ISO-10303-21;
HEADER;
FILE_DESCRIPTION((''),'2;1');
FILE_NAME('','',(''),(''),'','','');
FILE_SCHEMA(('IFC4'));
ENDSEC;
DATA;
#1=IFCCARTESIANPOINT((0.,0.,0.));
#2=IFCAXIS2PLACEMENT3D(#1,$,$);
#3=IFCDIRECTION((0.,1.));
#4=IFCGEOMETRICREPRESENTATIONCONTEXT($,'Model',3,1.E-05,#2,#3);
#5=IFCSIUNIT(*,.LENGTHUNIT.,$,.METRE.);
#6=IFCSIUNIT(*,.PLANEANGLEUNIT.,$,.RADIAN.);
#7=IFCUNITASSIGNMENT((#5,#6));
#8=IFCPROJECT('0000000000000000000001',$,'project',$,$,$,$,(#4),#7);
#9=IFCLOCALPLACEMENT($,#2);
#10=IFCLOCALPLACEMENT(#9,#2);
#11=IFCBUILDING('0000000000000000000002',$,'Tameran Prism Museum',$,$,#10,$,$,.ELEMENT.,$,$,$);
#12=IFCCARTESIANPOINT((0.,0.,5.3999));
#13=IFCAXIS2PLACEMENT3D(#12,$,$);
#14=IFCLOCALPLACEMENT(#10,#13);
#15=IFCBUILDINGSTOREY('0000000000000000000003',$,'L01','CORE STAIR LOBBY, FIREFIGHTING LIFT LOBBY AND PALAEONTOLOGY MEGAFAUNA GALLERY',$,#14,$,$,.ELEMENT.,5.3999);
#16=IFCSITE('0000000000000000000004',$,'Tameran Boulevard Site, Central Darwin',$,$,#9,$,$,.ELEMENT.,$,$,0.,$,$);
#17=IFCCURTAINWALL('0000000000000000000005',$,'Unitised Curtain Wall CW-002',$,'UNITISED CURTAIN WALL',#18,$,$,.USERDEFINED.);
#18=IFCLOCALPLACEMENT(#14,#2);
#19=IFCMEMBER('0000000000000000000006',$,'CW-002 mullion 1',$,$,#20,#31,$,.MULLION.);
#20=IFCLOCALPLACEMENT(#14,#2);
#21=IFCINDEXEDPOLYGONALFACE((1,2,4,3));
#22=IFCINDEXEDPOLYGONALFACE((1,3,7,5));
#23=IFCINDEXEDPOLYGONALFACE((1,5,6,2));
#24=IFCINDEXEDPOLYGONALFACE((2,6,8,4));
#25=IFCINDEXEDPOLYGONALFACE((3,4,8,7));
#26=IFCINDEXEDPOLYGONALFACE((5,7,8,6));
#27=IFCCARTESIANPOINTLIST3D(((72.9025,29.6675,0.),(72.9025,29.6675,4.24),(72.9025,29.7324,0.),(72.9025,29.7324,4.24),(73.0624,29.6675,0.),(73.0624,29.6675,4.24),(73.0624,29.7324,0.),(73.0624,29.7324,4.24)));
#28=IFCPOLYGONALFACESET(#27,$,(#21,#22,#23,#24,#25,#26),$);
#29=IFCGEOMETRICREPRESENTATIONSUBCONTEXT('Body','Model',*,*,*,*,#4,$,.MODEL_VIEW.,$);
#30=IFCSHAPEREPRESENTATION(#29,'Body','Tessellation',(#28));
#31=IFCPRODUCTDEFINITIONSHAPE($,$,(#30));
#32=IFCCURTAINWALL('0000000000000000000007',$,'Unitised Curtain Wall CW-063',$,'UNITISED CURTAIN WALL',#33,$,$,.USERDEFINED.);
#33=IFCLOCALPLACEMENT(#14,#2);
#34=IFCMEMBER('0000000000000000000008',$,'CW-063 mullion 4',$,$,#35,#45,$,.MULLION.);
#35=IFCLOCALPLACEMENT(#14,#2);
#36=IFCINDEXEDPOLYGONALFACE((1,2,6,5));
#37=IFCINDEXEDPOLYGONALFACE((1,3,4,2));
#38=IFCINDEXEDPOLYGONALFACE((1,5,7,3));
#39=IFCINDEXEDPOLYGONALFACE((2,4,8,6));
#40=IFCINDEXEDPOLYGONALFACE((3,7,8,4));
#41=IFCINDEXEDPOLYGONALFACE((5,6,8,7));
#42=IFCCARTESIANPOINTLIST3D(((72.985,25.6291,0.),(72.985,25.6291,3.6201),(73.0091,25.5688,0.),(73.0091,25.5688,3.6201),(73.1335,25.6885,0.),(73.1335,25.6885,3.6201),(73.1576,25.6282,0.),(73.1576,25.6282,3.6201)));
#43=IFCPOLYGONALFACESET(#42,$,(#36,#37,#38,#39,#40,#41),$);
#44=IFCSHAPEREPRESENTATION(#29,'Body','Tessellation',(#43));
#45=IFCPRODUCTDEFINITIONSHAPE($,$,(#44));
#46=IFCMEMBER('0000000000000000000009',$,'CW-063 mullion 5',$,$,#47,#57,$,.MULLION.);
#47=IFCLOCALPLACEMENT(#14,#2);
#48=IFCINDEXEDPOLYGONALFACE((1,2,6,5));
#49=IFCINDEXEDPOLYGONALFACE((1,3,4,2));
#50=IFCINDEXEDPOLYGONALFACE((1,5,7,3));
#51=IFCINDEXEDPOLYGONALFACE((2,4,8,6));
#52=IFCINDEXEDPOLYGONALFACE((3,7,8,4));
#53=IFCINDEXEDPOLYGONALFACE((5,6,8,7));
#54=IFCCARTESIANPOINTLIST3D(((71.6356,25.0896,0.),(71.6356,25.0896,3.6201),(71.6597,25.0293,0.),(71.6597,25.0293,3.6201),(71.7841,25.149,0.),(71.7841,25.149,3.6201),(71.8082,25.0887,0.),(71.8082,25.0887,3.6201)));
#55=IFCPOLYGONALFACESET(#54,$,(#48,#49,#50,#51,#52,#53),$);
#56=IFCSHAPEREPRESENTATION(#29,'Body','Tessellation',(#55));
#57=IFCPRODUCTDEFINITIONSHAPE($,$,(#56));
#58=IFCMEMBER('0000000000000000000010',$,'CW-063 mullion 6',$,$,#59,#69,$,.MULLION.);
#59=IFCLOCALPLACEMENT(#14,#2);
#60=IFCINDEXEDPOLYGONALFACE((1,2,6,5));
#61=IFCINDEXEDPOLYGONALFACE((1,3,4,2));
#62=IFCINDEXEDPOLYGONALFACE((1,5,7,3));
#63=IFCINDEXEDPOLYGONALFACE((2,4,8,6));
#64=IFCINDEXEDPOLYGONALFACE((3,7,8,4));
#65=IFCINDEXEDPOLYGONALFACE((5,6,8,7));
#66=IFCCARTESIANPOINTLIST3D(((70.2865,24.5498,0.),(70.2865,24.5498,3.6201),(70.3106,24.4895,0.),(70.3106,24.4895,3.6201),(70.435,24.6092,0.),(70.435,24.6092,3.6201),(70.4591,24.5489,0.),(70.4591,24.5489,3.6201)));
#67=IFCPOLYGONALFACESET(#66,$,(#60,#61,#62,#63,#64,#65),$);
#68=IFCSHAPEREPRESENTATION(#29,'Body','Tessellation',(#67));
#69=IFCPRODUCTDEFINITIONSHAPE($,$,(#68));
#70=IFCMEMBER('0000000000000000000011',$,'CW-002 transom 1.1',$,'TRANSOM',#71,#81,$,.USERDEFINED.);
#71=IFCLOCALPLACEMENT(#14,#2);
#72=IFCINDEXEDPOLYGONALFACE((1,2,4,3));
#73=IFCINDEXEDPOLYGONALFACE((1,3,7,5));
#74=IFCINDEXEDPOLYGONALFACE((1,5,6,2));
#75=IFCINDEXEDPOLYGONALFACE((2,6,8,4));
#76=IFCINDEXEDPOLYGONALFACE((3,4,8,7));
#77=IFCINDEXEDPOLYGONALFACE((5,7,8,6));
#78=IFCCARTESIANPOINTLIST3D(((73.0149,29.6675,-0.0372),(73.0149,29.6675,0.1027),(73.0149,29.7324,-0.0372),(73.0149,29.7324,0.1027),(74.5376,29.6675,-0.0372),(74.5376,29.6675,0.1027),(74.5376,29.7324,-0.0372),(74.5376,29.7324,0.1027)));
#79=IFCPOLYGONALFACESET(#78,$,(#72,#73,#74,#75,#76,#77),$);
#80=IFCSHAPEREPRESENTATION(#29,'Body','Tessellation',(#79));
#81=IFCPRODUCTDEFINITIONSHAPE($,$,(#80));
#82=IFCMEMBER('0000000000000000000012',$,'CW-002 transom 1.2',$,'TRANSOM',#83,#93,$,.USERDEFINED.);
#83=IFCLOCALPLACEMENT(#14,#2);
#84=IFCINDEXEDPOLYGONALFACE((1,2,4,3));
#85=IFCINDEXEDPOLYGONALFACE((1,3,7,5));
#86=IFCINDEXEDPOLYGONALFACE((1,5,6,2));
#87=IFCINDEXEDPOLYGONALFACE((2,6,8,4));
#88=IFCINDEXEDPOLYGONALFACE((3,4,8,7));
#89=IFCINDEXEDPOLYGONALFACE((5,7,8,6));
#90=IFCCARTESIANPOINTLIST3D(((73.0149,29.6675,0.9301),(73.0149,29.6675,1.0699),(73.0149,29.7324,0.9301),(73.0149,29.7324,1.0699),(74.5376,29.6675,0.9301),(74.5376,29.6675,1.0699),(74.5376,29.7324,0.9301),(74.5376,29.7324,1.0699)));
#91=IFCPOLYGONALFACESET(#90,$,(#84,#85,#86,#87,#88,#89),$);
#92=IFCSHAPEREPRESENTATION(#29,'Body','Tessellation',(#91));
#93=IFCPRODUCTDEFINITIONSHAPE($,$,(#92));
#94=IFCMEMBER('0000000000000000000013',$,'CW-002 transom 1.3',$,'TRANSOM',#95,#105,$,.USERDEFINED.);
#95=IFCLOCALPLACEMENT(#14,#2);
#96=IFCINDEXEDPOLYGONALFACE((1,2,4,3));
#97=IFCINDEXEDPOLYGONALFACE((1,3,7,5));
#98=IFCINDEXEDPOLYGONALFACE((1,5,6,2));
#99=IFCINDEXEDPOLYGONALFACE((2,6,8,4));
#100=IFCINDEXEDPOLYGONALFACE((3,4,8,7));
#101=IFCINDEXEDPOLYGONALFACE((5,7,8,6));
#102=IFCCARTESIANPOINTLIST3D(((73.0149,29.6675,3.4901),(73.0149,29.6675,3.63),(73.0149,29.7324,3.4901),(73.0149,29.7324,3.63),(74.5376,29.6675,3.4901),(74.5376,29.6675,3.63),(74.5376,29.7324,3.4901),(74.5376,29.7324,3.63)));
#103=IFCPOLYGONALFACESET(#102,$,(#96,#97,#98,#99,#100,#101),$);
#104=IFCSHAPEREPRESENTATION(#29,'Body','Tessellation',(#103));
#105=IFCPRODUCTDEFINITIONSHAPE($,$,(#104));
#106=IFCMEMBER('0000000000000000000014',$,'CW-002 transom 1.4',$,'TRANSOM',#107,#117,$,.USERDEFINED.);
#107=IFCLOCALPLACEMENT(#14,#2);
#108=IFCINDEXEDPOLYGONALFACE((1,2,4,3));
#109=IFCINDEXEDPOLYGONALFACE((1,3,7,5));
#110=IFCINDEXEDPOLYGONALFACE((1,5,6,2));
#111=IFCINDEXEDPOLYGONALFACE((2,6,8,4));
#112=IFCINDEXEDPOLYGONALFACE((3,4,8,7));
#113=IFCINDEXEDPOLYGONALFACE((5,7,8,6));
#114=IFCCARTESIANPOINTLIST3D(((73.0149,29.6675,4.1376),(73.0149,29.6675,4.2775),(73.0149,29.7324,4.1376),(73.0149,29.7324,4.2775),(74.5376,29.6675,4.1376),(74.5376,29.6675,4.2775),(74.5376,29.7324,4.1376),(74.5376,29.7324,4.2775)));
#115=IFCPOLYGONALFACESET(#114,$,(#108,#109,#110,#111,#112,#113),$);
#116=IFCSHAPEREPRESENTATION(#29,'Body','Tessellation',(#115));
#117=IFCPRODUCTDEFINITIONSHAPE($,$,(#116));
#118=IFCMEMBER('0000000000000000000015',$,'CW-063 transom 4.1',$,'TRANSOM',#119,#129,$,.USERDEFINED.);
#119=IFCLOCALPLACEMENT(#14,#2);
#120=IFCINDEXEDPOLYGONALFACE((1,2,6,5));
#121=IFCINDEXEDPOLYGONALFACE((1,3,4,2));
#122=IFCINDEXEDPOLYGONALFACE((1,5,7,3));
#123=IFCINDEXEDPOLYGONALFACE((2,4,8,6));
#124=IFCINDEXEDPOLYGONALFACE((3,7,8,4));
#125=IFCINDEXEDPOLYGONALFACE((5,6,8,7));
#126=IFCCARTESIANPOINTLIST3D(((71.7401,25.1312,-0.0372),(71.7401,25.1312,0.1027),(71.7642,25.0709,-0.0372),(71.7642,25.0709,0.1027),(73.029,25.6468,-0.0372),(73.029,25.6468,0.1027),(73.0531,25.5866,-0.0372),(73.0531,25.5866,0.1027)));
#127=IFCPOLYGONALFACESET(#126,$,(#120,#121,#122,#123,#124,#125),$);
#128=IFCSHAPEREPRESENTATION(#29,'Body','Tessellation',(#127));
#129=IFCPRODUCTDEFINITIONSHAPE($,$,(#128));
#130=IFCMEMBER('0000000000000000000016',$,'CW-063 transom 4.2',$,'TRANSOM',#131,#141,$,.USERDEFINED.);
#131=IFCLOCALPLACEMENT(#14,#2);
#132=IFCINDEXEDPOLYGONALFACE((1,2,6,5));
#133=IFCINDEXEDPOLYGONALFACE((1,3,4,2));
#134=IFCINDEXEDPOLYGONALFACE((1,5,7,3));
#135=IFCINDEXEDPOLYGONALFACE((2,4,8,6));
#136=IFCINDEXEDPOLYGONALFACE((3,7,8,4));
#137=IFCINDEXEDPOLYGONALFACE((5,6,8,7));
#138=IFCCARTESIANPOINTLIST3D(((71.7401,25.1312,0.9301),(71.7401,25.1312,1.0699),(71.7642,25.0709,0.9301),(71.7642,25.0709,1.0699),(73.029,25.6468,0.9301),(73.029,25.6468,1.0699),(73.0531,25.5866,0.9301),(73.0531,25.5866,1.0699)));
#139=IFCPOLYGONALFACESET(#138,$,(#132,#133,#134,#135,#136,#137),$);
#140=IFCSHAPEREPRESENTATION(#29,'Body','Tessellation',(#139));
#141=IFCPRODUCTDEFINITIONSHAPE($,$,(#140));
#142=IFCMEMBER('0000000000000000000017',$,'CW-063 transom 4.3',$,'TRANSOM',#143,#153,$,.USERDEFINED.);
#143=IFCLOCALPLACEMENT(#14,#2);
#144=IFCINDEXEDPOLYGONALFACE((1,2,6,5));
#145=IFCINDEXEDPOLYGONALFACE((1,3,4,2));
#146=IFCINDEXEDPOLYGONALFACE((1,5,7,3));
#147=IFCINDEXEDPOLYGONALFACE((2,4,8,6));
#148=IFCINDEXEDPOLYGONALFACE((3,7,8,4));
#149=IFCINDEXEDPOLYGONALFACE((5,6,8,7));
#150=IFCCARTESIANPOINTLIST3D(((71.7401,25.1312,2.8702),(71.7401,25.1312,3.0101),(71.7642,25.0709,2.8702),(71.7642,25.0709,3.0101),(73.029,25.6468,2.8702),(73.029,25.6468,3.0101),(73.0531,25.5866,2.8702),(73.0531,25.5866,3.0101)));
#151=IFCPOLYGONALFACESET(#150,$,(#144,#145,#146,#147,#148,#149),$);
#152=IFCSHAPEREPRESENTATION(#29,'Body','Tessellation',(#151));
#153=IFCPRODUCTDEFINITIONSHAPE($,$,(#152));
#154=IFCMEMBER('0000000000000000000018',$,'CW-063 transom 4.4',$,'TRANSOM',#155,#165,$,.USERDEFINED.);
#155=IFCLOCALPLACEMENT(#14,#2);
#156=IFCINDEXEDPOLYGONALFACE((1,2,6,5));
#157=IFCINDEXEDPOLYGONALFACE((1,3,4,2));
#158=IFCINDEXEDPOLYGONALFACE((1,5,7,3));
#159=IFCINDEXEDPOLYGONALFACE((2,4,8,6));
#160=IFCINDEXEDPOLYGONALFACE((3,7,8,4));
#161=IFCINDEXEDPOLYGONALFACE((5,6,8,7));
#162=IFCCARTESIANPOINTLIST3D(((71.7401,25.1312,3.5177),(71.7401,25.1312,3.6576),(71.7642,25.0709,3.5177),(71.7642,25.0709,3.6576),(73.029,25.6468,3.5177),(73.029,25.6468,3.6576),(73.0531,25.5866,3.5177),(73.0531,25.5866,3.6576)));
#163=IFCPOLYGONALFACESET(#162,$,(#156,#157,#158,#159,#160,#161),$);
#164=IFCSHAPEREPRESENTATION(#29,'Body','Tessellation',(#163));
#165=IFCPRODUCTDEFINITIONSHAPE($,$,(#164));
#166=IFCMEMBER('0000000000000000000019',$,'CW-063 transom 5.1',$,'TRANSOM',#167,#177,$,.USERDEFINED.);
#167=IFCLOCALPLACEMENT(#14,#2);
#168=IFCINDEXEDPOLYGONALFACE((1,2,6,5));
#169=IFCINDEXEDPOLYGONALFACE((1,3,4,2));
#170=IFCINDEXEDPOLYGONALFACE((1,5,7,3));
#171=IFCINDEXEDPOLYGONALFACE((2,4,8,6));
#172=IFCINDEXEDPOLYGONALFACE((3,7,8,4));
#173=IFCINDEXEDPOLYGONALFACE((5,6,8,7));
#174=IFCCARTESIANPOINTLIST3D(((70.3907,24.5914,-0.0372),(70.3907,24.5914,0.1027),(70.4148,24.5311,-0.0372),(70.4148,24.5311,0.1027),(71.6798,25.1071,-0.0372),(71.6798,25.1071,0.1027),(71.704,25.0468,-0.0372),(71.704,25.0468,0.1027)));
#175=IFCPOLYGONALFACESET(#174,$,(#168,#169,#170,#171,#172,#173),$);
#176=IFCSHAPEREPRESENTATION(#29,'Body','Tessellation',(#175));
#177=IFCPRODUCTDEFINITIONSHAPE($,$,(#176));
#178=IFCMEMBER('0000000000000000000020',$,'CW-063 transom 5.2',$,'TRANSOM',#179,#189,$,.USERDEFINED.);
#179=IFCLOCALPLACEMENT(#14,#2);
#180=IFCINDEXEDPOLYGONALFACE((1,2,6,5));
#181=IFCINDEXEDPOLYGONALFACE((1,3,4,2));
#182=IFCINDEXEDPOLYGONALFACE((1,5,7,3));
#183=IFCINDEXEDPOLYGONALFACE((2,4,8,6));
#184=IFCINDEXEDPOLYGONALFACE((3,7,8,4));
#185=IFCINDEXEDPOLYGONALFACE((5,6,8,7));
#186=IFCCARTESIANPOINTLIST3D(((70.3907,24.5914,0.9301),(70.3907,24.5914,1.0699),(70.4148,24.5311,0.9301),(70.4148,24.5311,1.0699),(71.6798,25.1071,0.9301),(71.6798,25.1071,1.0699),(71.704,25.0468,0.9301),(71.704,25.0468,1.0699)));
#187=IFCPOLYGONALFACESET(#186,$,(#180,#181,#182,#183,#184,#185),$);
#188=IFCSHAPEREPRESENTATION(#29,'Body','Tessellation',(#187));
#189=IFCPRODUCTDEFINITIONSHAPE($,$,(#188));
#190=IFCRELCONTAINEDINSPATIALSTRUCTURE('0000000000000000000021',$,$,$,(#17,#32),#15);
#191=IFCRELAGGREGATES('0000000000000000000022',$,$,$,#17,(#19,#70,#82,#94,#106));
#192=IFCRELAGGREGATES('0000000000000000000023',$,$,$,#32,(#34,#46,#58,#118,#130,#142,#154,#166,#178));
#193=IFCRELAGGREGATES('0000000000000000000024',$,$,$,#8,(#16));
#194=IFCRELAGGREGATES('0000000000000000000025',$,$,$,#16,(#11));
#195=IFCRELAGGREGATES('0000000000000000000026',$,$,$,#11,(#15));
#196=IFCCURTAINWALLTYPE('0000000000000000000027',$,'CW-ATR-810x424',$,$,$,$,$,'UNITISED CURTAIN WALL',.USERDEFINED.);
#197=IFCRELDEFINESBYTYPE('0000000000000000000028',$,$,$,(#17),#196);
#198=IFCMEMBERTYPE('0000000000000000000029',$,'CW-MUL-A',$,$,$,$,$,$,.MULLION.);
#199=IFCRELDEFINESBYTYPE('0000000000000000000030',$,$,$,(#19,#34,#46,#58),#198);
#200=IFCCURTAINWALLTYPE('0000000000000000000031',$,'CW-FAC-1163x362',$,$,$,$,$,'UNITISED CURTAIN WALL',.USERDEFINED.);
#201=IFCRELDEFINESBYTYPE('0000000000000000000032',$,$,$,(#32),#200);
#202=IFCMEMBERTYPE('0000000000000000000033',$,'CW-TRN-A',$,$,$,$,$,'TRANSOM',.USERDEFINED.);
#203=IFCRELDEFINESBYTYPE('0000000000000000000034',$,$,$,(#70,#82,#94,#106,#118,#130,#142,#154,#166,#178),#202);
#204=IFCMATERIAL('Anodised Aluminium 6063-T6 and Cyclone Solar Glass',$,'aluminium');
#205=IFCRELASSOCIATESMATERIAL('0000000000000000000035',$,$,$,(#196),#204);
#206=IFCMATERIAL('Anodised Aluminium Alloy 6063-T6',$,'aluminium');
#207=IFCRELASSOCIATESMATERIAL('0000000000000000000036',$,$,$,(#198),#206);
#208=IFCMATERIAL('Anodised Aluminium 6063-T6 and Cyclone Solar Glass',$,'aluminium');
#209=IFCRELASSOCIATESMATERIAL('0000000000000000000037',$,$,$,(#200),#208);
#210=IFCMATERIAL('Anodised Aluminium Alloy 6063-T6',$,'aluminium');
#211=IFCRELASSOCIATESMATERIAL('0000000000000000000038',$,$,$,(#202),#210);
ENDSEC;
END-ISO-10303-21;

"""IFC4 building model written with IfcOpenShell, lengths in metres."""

from ifc_helpers import new_model, si_unit, direction, frame, origin, origin_2d, place, context, subcontext, project, spatial, rectangle, extrude, material, material_profile, profile_set, type_object, element, aggregate, save


model = new_model("IFC4")

# Units and contexts
model_context = context("Model", 3, precision=1e-05, world=origin(), true_north=direction((0.0, 1.0)))
body_context = subcontext(model_context, "Body", "Model", "MODEL_VIEW")
ifc_project = project(units=[si_unit("LENGTHUNIT", "METRE"), si_unit("PLANEANGLEUNIT", "RADIAN")], contexts=[model_context])

# Site, building, storey
site_placement = place(None, origin())
site = spatial("IfcSite", under=ifc_project, at=site_placement, Name="Tameran Boulevard Site, Central Darwin", CompositionType="ELEMENT", RefElevation=0.0)
building_placement = place(site_placement, origin())
building = spatial("IfcBuilding", under=site, at=building_placement, Name="Tameran Prism Museum", CompositionType="ELEMENT")
storey_placement = place(building_placement, frame((0.0, 0.0, 5.3999)))
storey = spatial("IfcBuildingStorey", under=building, at=storey_placement, Name="L01", Description="CORE STAIR LOBBY, FIREFIGHTING LIFT LOBBY AND PALAEONTOLOGY MEGAFAUNA GALLERY", CompositionType="ELEMENT", Elevation=5.3999)

# Curtain wall, member
ifc_material_1 = material(Name="Anodised Aluminium 6063-T6 and Cyclone Solar Glass", Category="aluminium")
curtain_wall_type_1 = type_object("IfcCurtainWallType", Name="CW-ATR-810x424", ElementType="UNITISED CURTAIN WALL", PredefinedType="USERDEFINED", material=ifc_material_1)
curtain_wall_1_placement = place(storey_placement, origin())
curtain_wall_1 = element("IfcCurtainWall", 1, at=curtain_wall_1_placement, inside=storey, type_object=curtain_wall_type_1, Name="Unitised Curtain Wall CW-002", ObjectType="UNITISED CURTAIN WALL", PredefinedType="USERDEFINED")
ifc_material_2 = material(Name="Anodised Aluminium Alloy 6063-T6", Category="aluminium")
ifc_material_profile_1 = material_profile(ifc_material_2, rectangle(XDim=0.0649, YDim=0.1599, at=origin_2d()))
ifc_profile_set_1 = profile_set([ifc_material_profile_1])
member_type_1 = type_object("IfcMemberType", Name="CW-MUL-A", PredefinedType="MULLION", material=ifc_profile_set_1)
member_1_placement = place(storey_placement, frame((72.9824, 29.7, 0.0), z_axis=(0.0, 0.0, 1.0), x_axis=(0.0, 1.0, 0.0)))
member_1 = element("IfcMember", 2, at=member_1_placement, type_object=member_type_1, Name="CW-002 mullion 1", PredefinedType="MULLION", context=body_context, shape_type="SweptSolid", body=[
    extrude(rectangle(XDim=0.0649, YDim=0.1599, at=origin_2d()), origin(), (0.0, 0.0, 1.0), 4.24),
])

# Curtain wall, members
ifc_material_3 = material(Name="Anodised Aluminium 6063-T6 and Cyclone Solar Glass", Category="aluminium")
curtain_wall_type_2 = type_object("IfcCurtainWallType", Name="CW-FAC-1163x362", ElementType="UNITISED CURTAIN WALL", PredefinedType="USERDEFINED", material=ifc_material_3)
curtain_wall_2_placement = place(storey_placement, origin())
curtain_wall_2 = element("IfcCurtainWall", 3, at=curtain_wall_2_placement, inside=storey, type_object=curtain_wall_type_2, Name="Unitised Curtain Wall CW-063", ObjectType="UNITISED CURTAIN WALL", PredefinedType="USERDEFINED")
member_2_placement = place(storey_placement, frame((73.0713, 25.6287, 0.0), z_axis=(0.0, 0.0, 1.0), x_axis=(0.37142, -0.928465, 0.0)))
member_2 = element("IfcMember", 4, at=member_2_placement, type_object=member_type_1, Name="CW-063 mullion 4", PredefinedType="MULLION", context=body_context, shape_type="SweptSolid", body=[
    extrude(rectangle(XDim=0.0649, YDim=0.1599, at=origin_2d()), origin(), (0.0, 0.0, 1.0), 3.6201),
])
member_3_placement = place(storey_placement, frame((71.7219, 25.0891, 0.0), z_axis=(0.0, 0.0, 1.0), x_axis=(0.37142, -0.928465, 0.0)))
member_3 = element("IfcMember", 5, at=member_3_placement, type_object=member_type_1, Name="CW-063 mullion 5", PredefinedType="MULLION", context=body_context, shape_type="SweptSolid", body=[
    extrude(rectangle(XDim=0.0649, YDim=0.1599, at=origin_2d()), origin(), (0.0, 0.0, 1.0), 3.6201),
])
member_4_placement = place(storey_placement, frame((70.3728, 24.5493, 0.0), z_axis=(0.0, 0.0, 1.0), x_axis=(0.37142, -0.928465, 0.0)))
member_4 = element("IfcMember", 6, at=member_4_placement, type_object=member_type_1, Name="CW-063 mullion 6", PredefinedType="MULLION", context=body_context, shape_type="SweptSolid", body=[
    extrude(rectangle(XDim=0.0649, YDim=0.1599, at=origin_2d()), origin(), (0.0, 0.0, 1.0), 3.6201),
])

# Members
ifc_material_4 = material(Name="Anodised Aluminium Alloy 6063-T6", Category="aluminium")
ifc_material_profile_2 = material_profile(ifc_material_4, rectangle(XDim=0.0649, YDim=0.1399, at=origin_2d()))
ifc_profile_set_2 = profile_set([ifc_material_profile_2])
member_type_2 = type_object("IfcMemberType", Name="CW-TRN-A", ElementType="TRANSOM", PredefinedType="USERDEFINED", material=ifc_profile_set_2)
member_5_placement = place(storey_placement, frame((73.0149, 29.7, 0.0327), z_axis=(1.0, 0.0, 0.0), x_axis=(0.0, 1.0, 0.0)))
member_5 = element("IfcMember", 7, at=member_5_placement, type_object=member_type_2, Name="CW-002 transom 1.1", ObjectType="TRANSOM", PredefinedType="USERDEFINED", context=body_context, shape_type="SweptSolid", body=[
    extrude(rectangle(XDim=0.0649, YDim=0.1399, at=origin_2d()), origin(), (0.0, 0.0, 1.0), 1.5227),
])
member_6_placement = place(storey_placement, frame((73.0149, 29.7, 1.0), z_axis=(1.0, 0.0, 0.0), x_axis=(0.0, 1.0, 0.0)))
member_6 = element("IfcMember", 8, at=member_6_placement, type_object=member_type_2, Name="CW-002 transom 1.2", ObjectType="TRANSOM", PredefinedType="USERDEFINED", context=body_context, shape_type="SweptSolid", body=[
    extrude(rectangle(XDim=0.0649, YDim=0.1399, at=origin_2d()), origin(), (0.0, 0.0, 1.0), 1.5227),
])
member_7_placement = place(storey_placement, frame((73.0149, 29.7, 3.5601), z_axis=(1.0, 0.0, 0.0), x_axis=(0.0, 1.0, 0.0)))
member_7 = element("IfcMember", 9, at=member_7_placement, type_object=member_type_2, Name="CW-002 transom 1.3", ObjectType="TRANSOM", PredefinedType="USERDEFINED", context=body_context, shape_type="SweptSolid", body=[
    extrude(rectangle(XDim=0.0649, YDim=0.1399, at=origin_2d()), origin(), (0.0, 0.0, 1.0), 1.5227),
])
member_8_placement = place(storey_placement, frame((73.0149, 29.7, 4.2075), z_axis=(1.0, 0.0, 0.0), x_axis=(0.0, 1.0, 0.0)))
member_8 = element("IfcMember", 10, at=member_8_placement, type_object=member_type_2, Name="CW-002 transom 1.4", ObjectType="TRANSOM", PredefinedType="USERDEFINED", context=body_context, shape_type="SweptSolid", body=[
    extrude(rectangle(XDim=0.0649, YDim=0.1399, at=origin_2d()), origin(), (0.0, 0.0, 1.0), 1.5227),
])
member_9_placement = place(storey_placement, frame((73.041, 25.6167, 0.0327), z_axis=(-0.928452, -0.371451, 0.0), x_axis=(0.371451, -0.928452, 0.0)))
member_9 = element("IfcMember", 11, at=member_9_placement, type_object=member_type_2, Name="CW-063 transom 4.1", ObjectType="TRANSOM", PredefinedType="USERDEFINED", context=body_context, shape_type="SweptSolid", body=[
    extrude(rectangle(XDim=0.0649, YDim=0.1399, at=origin_2d()), origin(), (0.0, 0.0, 1.0), 1.3882),
])
member_10_placement = place(storey_placement, frame((73.041, 25.6167, 1.0), z_axis=(-0.928452, -0.371451, 0.0), x_axis=(0.371451, -0.928452, 0.0)))
member_10 = element("IfcMember", 12, at=member_10_placement, type_object=member_type_2, Name="CW-063 transom 4.2", ObjectType="TRANSOM", PredefinedType="USERDEFINED", context=body_context, shape_type="SweptSolid", body=[
    extrude(rectangle(XDim=0.0649, YDim=0.1399, at=origin_2d()), origin(), (0.0, 0.0, 1.0), 1.3882),
])
member_11_placement = place(storey_placement, frame((73.041, 25.6167, 2.9402), z_axis=(-0.928452, -0.371451, 0.0), x_axis=(0.371451, -0.928452, 0.0)))
member_11 = element("IfcMember", 13, at=member_11_placement, type_object=member_type_2, Name="CW-063 transom 4.3", ObjectType="TRANSOM", PredefinedType="USERDEFINED", context=body_context, shape_type="SweptSolid", body=[
    extrude(rectangle(XDim=0.0649, YDim=0.1399, at=origin_2d()), origin(), (0.0, 0.0, 1.0), 1.3882),
])
member_12_placement = place(storey_placement, frame((73.041, 25.6167, 3.5876), z_axis=(-0.928452, -0.371451, 0.0), x_axis=(0.371451, -0.928452, 0.0)))
member_12 = element("IfcMember", 14, at=member_12_placement, type_object=member_type_2, Name="CW-063 transom 4.4", ObjectType="TRANSOM", PredefinedType="USERDEFINED", context=body_context, shape_type="SweptSolid", body=[
    extrude(rectangle(XDim=0.0649, YDim=0.1399, at=origin_2d()), origin(), (0.0, 0.0, 1.0), 1.3882),
])
member_13_placement = place(storey_placement, frame((71.6919, 25.0769, 0.0327), z_axis=(-0.928477, -0.371391, 0.0), x_axis=(0.371391, -0.928477, 0.0)))
member_13 = element("IfcMember", 15, at=member_13_placement, type_object=member_type_2, Name="CW-063 transom 5.1", ObjectType="TRANSOM", PredefinedType="USERDEFINED", context=body_context, shape_type="SweptSolid", body=[
    extrude(rectangle(XDim=0.0649, YDim=0.1399, at=origin_2d()), origin(), (0.0, 0.0, 1.0), 1.3884),
])
member_14_placement = place(storey_placement, frame((71.6919, 25.0769, 1.0), z_axis=(-0.928477, -0.371391, 0.0), x_axis=(0.371391, -0.928477, 0.0)))
member_14 = element("IfcMember", 16, at=member_14_placement, type_object=member_type_2, Name="CW-063 transom 5.2", ObjectType="TRANSOM", PredefinedType="USERDEFINED", context=body_context, shape_type="SweptSolid", body=[
    extrude(rectangle(XDim=0.0649, YDim=0.1399, at=origin_2d()), origin(), (0.0, 0.0, 1.0), 1.3884),
])

aggregate(curtain_wall_1, [member_1, member_5, member_6, member_7, member_8])
aggregate(curtain_wall_2, [member_2, member_3, member_4, member_9, member_10, member_11, member_12, member_13, member_14])

save(model, "model.ifc")
